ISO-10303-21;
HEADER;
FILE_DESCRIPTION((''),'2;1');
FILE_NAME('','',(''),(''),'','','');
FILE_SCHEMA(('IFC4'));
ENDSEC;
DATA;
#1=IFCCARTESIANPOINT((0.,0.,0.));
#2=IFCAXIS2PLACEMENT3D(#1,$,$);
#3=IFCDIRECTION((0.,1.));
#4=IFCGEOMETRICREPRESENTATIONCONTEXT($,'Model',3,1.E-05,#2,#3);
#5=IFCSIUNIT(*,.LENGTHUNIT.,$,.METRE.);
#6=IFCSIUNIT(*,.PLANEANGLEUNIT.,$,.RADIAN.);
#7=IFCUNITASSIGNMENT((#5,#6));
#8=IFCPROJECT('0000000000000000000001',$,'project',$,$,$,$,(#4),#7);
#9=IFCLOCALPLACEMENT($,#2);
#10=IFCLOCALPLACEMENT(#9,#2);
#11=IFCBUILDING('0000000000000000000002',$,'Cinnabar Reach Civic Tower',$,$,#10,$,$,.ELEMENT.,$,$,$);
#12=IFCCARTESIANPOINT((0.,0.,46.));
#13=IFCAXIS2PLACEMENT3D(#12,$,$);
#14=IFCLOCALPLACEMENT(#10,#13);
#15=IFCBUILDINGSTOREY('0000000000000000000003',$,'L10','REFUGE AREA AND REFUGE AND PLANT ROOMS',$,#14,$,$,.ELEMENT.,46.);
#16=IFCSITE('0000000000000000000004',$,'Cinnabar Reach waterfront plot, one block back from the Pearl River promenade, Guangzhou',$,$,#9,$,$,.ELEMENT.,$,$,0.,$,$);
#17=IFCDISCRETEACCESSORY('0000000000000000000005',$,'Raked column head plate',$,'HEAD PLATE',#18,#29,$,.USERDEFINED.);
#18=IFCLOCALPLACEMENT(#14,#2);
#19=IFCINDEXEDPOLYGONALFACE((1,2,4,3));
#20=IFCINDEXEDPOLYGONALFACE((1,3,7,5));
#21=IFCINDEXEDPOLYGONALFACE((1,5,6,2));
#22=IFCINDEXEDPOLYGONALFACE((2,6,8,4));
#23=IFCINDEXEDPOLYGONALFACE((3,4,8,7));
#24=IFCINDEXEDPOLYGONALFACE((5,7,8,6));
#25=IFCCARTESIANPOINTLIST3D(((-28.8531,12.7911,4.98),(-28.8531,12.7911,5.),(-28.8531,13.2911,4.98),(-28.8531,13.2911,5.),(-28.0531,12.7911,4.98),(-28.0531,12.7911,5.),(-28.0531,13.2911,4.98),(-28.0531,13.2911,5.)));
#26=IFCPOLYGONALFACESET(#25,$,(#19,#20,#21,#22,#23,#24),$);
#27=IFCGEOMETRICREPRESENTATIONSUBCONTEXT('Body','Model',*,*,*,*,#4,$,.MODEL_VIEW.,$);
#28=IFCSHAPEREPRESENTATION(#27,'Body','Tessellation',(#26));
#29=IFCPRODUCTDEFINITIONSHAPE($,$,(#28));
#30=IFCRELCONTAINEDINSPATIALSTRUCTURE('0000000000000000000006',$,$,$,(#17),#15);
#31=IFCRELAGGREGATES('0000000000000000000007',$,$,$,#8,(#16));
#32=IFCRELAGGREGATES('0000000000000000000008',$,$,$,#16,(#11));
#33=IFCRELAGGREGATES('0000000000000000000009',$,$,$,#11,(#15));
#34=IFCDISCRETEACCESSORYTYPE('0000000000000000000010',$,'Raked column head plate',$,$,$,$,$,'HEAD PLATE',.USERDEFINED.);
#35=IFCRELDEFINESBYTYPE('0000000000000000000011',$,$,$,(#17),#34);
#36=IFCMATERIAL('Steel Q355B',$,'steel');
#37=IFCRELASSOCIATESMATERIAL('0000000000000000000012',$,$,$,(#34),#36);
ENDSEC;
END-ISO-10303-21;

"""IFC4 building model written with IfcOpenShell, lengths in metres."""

from ifc_helpers import new_model, si_unit, direction, frame, origin, origin_2d, place, context, subcontext, project, spatial, rectangle, extrude, material, type_object, element, save


model = new_model("IFC4")

# Units and contexts
model_context = context("Model", 3, precision=1e-05, world=origin(), true_north=direction((0.0, 1.0)))
body_context = subcontext(model_context, "Body", "Model", "MODEL_VIEW")
ifc_project = project(units=[si_unit("LENGTHUNIT", "METRE"), si_unit("PLANEANGLEUNIT", "RADIAN")], contexts=[model_context])

# Site, building, storey
site_placement = place(None, origin())
site = spatial("IfcSite", under=ifc_project, at=site_placement, Name="Cinnabar Reach waterfront plot, one block back from the Pearl River promenade, Guangzhou", CompositionType="ELEMENT", RefElevation=0.0)
building_placement = place(site_placement, origin())
building = spatial("IfcBuilding", under=site, at=building_placement, Name="Cinnabar Reach Civic Tower", CompositionType="ELEMENT")
storey_placement = place(building_placement, frame((0.0, 0.0, 46.0)))
storey = spatial("IfcBuildingStorey", under=building, at=storey_placement, Name="L10", Description="REFUGE AREA AND REFUGE AND PLANT ROOMS", CompositionType="ELEMENT", Elevation=46.0)

# Shared definitions
ifc_material_1 = material(Name="Steel Q355B", Category="steel")

# Discrete accessory
discrete_accessory_type = type_object("IfcDiscreteAccessoryType", Name="Raked column head plate", ElementType="HEAD PLATE", PredefinedType="USERDEFINED", material=ifc_material_1)
discrete_accessory_placement = place(storey_placement, frame((-28.4531, 13.0411, 4.98), z_axis=(0.0, 0.0, 1.0), x_axis=(0.0, 1.0, 0.0)))
element("IfcDiscreteAccessory", 1, at=discrete_accessory_placement, inside=storey, type_object=discrete_accessory_type, Name="Raked column head plate", ObjectType="HEAD PLATE", PredefinedType="USERDEFINED", context=body_context, shape_type="SweptSolid", body=[
    extrude(rectangle(XDim=0.5, YDim=0.8, at=origin_2d()), origin(), (0.0, 0.0, 1.0), 0.02),
])

save(model, "model.ifc")
